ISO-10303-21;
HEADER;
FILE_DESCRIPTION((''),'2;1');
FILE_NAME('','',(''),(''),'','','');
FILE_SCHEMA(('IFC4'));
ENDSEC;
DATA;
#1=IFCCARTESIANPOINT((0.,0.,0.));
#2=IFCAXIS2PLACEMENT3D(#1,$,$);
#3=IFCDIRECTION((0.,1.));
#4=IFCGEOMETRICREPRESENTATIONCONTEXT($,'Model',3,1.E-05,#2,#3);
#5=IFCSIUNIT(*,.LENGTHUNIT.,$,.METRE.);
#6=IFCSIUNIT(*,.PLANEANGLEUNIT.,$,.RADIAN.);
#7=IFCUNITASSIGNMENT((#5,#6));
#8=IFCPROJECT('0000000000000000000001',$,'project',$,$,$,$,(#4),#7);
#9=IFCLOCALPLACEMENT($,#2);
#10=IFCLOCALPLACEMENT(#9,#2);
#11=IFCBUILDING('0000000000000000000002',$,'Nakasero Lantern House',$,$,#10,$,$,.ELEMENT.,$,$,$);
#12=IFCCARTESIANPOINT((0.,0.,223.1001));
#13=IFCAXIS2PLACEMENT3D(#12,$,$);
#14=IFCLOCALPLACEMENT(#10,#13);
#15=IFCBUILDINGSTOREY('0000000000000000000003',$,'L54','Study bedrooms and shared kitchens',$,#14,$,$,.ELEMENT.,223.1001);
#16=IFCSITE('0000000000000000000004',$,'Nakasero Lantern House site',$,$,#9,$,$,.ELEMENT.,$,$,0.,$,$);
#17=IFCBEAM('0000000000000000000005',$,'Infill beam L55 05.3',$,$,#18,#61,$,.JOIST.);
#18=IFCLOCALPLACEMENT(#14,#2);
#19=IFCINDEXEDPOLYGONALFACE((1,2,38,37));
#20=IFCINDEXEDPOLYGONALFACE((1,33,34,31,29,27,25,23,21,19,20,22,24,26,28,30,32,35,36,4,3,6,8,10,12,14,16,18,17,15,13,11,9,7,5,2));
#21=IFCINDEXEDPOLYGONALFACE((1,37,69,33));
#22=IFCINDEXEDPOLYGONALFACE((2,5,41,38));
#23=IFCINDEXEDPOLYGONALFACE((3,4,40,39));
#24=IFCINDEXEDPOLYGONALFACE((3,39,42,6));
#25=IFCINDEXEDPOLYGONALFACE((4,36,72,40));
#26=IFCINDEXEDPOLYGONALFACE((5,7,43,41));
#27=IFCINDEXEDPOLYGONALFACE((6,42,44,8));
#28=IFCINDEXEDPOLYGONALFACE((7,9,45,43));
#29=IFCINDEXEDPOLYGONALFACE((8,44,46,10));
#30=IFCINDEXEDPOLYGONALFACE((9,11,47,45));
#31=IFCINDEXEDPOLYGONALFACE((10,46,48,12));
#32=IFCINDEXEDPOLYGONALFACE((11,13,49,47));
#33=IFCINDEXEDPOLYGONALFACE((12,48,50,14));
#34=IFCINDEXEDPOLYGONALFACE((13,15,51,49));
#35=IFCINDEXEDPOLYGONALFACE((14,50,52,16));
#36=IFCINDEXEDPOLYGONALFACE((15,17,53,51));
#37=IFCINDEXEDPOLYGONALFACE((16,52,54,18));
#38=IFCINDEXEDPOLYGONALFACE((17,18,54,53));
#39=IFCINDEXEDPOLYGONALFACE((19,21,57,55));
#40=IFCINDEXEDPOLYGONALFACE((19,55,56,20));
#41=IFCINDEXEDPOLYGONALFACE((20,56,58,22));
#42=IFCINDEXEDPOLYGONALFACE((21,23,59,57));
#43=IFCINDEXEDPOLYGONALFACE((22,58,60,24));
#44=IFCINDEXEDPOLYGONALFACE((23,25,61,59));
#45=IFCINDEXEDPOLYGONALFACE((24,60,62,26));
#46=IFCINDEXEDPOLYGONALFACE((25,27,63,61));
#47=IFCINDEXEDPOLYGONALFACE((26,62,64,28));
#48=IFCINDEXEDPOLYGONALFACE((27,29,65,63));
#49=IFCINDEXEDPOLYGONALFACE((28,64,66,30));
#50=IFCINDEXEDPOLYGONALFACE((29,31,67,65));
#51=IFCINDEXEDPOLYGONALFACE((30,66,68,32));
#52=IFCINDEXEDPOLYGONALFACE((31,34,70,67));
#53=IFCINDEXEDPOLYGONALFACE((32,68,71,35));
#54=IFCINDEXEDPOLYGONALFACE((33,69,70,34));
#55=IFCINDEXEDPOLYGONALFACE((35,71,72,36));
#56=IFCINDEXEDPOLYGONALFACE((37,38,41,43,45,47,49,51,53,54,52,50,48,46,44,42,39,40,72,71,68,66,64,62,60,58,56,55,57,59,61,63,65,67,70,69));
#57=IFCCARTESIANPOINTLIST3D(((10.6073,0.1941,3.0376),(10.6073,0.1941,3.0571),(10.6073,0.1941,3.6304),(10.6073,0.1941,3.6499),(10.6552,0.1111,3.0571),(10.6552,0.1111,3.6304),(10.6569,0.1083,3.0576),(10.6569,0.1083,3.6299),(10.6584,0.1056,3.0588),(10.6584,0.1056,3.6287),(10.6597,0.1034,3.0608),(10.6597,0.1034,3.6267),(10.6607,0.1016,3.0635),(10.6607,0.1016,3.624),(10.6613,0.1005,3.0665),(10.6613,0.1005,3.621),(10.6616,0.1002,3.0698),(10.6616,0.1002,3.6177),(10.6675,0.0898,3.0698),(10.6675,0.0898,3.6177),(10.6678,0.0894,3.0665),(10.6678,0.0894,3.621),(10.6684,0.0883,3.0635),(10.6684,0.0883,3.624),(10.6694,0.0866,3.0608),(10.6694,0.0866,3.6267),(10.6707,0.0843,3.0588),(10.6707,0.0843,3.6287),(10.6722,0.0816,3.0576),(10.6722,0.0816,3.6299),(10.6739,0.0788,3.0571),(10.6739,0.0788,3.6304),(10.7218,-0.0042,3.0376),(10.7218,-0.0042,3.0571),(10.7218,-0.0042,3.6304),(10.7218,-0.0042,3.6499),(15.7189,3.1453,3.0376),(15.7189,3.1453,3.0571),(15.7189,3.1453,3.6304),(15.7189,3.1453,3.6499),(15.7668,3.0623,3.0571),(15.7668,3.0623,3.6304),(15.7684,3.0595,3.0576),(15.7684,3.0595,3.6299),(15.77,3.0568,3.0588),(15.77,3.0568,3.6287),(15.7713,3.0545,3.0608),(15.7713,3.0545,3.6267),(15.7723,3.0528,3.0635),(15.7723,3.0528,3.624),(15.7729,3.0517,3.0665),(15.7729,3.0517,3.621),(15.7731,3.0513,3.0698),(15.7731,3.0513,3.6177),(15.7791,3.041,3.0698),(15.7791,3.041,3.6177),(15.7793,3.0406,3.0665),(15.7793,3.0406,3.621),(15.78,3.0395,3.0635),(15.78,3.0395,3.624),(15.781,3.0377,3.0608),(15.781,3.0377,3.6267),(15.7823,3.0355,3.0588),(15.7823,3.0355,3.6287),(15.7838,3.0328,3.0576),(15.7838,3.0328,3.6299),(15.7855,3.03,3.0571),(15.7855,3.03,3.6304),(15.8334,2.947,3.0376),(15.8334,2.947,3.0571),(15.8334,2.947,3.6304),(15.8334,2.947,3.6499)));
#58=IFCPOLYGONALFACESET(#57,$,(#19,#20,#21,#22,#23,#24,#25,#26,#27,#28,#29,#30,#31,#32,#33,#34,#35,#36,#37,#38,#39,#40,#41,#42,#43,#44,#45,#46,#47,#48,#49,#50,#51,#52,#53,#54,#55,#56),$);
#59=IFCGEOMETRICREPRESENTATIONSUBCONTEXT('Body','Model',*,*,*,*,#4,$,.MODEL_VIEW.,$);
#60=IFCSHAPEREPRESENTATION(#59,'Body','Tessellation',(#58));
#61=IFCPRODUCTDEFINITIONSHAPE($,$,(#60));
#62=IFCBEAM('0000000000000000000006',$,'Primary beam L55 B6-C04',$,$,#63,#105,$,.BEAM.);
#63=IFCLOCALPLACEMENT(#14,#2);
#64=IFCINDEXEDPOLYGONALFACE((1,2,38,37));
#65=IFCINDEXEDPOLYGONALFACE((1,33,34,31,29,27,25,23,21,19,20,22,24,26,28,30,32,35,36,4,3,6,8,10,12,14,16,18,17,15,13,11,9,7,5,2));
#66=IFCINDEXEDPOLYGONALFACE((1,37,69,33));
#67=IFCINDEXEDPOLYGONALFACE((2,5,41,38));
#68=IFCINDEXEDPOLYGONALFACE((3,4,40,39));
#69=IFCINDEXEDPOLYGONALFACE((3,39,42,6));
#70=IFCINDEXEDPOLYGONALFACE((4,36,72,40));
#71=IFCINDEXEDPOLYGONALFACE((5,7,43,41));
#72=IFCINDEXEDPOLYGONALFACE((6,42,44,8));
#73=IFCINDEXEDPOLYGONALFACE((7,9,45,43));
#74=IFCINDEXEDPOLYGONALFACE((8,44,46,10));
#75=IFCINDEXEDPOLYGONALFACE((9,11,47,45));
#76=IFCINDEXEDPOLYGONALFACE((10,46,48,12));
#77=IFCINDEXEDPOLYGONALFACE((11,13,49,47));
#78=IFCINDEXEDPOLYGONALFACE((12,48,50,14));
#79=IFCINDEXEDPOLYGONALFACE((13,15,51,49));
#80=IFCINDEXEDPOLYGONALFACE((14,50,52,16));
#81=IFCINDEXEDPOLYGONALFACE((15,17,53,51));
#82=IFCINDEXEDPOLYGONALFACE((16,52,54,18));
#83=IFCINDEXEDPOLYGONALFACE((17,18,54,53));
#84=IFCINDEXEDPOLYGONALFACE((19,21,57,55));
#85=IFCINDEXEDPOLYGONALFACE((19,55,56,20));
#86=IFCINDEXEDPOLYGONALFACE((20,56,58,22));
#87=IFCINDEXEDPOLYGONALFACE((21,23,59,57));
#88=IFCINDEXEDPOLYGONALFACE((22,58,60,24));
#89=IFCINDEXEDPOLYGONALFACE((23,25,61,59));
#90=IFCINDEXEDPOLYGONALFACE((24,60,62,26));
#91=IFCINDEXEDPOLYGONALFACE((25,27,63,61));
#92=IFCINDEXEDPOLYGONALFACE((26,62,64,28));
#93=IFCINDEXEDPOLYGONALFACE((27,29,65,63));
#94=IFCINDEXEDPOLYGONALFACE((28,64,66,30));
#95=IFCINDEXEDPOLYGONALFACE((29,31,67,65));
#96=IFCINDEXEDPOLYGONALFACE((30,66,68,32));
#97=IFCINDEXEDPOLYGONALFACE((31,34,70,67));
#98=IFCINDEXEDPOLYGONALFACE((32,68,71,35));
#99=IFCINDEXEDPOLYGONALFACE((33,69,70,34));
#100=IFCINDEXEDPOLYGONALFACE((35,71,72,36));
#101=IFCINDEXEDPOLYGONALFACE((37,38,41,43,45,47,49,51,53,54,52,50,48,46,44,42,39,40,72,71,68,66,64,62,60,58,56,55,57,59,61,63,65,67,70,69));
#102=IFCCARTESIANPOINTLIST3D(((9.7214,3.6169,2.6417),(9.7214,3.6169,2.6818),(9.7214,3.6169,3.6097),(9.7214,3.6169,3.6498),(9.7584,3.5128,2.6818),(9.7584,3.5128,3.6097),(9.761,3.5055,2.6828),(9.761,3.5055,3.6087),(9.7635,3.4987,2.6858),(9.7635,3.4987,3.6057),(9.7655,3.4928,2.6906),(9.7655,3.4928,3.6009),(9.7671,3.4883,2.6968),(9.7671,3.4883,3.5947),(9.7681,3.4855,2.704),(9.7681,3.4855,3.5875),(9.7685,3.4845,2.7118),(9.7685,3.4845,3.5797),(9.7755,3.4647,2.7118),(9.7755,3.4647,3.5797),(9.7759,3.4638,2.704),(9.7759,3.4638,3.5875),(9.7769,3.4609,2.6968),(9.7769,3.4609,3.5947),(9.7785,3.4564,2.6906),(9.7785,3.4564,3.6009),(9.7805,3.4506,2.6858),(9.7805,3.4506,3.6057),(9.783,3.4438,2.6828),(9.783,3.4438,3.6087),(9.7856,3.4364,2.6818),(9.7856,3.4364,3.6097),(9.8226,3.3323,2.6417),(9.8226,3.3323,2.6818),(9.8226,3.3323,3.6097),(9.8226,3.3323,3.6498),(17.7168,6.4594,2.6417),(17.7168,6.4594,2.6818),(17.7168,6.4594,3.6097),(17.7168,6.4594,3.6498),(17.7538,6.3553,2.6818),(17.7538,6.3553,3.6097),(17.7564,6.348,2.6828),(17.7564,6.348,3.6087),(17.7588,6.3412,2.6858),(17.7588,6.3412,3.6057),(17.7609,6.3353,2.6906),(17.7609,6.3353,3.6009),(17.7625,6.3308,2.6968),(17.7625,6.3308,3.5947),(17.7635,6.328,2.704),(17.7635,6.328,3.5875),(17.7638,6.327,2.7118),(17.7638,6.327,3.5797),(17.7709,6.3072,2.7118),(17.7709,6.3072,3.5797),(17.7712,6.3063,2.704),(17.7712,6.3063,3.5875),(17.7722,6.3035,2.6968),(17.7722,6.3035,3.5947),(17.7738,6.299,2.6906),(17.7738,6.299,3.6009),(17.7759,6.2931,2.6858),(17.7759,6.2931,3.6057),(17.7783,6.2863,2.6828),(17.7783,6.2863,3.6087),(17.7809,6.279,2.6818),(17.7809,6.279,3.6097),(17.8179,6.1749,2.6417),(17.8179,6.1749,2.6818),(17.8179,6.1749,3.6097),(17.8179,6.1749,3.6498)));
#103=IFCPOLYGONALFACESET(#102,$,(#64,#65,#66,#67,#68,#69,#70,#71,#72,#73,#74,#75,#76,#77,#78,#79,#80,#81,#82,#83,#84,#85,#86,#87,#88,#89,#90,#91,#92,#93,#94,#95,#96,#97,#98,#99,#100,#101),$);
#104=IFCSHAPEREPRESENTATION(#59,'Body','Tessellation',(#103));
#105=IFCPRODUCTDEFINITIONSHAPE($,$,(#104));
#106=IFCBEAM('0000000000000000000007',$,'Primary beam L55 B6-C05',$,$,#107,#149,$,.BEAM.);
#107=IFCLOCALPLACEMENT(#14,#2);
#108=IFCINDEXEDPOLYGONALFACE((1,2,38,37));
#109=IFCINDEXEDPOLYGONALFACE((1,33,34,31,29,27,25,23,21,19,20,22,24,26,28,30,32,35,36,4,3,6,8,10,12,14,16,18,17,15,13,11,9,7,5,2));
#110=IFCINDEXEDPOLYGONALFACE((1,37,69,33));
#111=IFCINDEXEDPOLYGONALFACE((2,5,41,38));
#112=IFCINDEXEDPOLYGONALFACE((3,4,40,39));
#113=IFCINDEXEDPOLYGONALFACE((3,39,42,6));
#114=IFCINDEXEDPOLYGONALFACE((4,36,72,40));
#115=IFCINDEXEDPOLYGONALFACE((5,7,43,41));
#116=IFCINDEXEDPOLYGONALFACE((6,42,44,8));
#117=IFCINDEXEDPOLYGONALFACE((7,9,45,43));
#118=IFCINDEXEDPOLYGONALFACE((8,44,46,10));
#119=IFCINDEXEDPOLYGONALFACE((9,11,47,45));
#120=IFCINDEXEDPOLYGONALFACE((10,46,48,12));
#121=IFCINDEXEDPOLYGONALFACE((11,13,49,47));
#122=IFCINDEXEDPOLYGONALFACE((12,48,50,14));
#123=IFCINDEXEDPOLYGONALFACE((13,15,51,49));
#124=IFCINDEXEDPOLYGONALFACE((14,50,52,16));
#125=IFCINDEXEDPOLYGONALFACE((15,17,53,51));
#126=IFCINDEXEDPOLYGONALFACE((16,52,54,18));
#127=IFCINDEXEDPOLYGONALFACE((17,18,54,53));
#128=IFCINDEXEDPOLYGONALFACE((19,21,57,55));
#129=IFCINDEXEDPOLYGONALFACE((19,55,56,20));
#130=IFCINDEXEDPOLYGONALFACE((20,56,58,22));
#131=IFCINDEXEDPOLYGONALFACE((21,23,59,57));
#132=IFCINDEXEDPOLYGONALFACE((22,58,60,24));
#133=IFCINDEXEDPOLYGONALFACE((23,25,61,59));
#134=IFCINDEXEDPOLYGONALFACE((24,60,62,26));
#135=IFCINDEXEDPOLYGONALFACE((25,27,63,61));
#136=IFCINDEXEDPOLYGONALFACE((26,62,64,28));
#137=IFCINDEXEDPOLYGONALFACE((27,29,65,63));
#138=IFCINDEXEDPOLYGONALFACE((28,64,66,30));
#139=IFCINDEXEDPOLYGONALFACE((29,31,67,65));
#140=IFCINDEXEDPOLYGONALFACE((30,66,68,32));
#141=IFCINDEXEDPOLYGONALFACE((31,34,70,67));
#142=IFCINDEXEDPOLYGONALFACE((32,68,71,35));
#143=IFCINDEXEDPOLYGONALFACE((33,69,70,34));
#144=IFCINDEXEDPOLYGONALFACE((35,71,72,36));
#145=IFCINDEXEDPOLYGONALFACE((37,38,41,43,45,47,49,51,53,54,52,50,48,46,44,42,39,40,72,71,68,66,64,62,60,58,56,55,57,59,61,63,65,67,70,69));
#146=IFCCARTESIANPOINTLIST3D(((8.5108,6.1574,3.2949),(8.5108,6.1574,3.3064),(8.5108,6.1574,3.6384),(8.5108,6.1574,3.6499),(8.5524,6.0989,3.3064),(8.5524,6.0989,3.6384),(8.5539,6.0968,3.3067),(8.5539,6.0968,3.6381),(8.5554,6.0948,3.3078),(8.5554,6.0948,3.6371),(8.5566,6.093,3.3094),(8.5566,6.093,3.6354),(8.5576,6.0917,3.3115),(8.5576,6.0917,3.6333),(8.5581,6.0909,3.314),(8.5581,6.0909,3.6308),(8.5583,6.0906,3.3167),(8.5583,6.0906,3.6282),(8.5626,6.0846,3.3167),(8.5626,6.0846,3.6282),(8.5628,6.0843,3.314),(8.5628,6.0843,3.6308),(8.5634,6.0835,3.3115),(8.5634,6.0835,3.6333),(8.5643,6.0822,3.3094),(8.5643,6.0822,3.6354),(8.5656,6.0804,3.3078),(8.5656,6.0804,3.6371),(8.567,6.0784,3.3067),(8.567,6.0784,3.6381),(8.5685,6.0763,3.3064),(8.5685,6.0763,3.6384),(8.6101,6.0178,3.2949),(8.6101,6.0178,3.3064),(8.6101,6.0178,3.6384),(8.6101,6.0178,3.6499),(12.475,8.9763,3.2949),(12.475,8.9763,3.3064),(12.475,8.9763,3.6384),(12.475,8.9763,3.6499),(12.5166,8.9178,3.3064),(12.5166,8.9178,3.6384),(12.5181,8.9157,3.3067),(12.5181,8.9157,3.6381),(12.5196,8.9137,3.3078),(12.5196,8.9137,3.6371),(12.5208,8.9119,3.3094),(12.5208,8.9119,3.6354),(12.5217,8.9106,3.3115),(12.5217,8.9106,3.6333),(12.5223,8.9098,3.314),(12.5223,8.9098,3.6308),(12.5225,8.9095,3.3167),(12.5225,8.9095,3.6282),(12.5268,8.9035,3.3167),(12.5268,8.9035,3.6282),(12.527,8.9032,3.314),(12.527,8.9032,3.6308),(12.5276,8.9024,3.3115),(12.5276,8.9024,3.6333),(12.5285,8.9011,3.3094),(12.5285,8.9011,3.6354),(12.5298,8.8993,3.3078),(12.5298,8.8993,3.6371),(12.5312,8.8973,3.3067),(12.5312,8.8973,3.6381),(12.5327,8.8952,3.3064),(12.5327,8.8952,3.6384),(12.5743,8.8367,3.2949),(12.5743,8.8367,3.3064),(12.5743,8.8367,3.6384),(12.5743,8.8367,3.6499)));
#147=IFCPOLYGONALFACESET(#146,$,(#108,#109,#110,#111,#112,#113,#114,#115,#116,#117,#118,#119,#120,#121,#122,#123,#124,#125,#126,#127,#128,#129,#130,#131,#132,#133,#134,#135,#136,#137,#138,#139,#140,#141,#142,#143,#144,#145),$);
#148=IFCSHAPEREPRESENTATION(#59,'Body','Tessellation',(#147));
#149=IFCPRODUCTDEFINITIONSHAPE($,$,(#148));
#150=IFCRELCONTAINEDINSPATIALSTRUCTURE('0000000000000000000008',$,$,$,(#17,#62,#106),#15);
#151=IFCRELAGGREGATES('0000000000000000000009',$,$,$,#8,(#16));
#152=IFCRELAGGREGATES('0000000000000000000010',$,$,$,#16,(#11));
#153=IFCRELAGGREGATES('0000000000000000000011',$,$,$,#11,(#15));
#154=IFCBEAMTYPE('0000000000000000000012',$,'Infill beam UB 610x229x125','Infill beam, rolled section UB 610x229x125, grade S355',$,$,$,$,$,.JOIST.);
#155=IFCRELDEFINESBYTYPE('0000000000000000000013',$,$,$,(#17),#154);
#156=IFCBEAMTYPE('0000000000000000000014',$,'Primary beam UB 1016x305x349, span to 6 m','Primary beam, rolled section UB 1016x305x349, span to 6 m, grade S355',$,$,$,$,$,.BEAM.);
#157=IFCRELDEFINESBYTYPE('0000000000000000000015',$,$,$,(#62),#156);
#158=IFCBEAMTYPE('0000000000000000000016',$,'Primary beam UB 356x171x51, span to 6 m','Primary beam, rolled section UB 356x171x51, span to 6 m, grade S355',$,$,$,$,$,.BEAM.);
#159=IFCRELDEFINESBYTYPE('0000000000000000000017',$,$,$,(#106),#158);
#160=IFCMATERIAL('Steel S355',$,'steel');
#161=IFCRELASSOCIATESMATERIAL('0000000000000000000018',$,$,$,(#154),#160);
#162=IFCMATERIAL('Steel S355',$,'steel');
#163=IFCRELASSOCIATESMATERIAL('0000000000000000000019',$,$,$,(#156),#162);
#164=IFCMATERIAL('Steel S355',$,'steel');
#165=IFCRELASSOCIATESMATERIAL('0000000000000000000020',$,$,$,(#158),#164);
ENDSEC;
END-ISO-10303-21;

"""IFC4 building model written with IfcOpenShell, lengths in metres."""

from ifc_helpers import new_model, si_unit, direction, frame, origin, origin_2d, place, context, subcontext, project, spatial, i_section, extrude, material, material_profile, profile_set, type_object, element, save


model = new_model("IFC4")

# Units and contexts
model_context = context("Model", 3, precision=1e-05, world=origin(), true_north=direction((0.0, 1.0)))
body_context = subcontext(model_context, "Body", "Model", "MODEL_VIEW")
ifc_project = project(units=[si_unit("LENGTHUNIT", "METRE"), si_unit("PLANEANGLEUNIT", "RADIAN")], contexts=[model_context])

# Site, building, storey
site_placement = place(None, origin())
site = spatial("IfcSite", under=ifc_project, at=site_placement, Name="Nakasero Lantern House site", CompositionType="ELEMENT", RefElevation=0.0)
building_placement = place(site_placement, origin())
building = spatial("IfcBuilding", under=site, at=building_placement, Name="Nakasero Lantern House", CompositionType="ELEMENT")
storey_placement = place(building_placement, frame((0.0, 0.0, 223.1001)))
storey = spatial("IfcBuildingStorey", under=building, at=storey_placement, Name="L54", Description="Study bedrooms and shared kitchens", CompositionType="ELEMENT", Elevation=223.1001)

# Beams
ifc_material_1 = material(Name="Steel S355", Category="steel")
ifc_material_profile_1 = material_profile(ifc_material_1, i_section(OverallWidth=0.229, OverallDepth=0.6123, WebThickness=0.012, FlangeThickness=0.0195, FilletRadius=0.0127, at=origin_2d()), Name="UB 610x229x125")
ifc_profile_set_1 = profile_set([ifc_material_profile_1], Name="Steel S355")
beam_type_1 = type_object("IfcBeamType", Name="Infill beam UB 610x229x125", Description="Infill beam, rolled section UB 610x229x125, grade S355", PredefinedType="JOIST", material=ifc_profile_set_1)
beam_1_placement = place(storey_placement, frame((10.6646, 0.095, 3.3438), z_axis=(0.866025, 0.500001, 0.0), x_axis=(-0.500001, 0.866025, 0.0)))
element("IfcBeam", 1, at=beam_1_placement, inside=storey, type_object=beam_type_1, Name="Infill beam L55 05.3", PredefinedType="JOIST", context=body_context, shape_type="SweptSolid", body=[
    extrude(i_section(OverallWidth=0.229, OverallDepth=0.6123, WebThickness=0.012, FlangeThickness=0.0195, FilletRadius=0.0127, at=origin_2d()), origin(), (0.0, 0.0, 1.0), 5.9023),
])
ifc_material_2 = material(Name="Steel S355", Category="steel")
ifc_material_profile_2 = material_profile(ifc_material_2, i_section(OverallWidth=0.302, OverallDepth=1.0081, WebThickness=0.021, FlangeThickness=0.04, FilletRadius=0.03, at=origin_2d()), Name="UB 1016x305x349")
ifc_profile_set_2 = profile_set([ifc_material_profile_2], Name="Steel S355")
beam_type_2 = type_object("IfcBeamType", Name="Primary beam UB 1016x305x349, span to 6 m", Description="Primary beam, rolled section UB 1016x305x349, span to 6 m, grade S355", PredefinedType="BEAM", material=ifc_profile_set_2)
beam_2_placement = place(storey_placement, frame((17.7673, 6.3171, 3.1458), z_axis=(-0.942225, -0.334982, 0.0), x_axis=(0.334982, -0.942225, 0.0)))
element("IfcBeam", 2, at=beam_2_placement, inside=storey, type_object=beam_type_2, Name="Primary beam L55 B6-C04", PredefinedType="BEAM", context=body_context, shape_type="SweptSolid", body=[
    extrude(i_section(OverallWidth=0.302, OverallDepth=1.0081, WebThickness=0.021, FlangeThickness=0.04, FilletRadius=0.03, at=origin_2d()), origin(), (0.0, 0.0, 1.0), 8.4856),
])
ifc_material_3 = material(Name="Steel S355", Category="steel")
ifc_material_profile_3 = material_profile(ifc_material_3, i_section(OverallWidth=0.1714, OverallDepth=0.355, WebThickness=0.0073, FlangeThickness=0.0115, FilletRadius=0.0103, at=origin_2d()), Name="UB 356x171x51")
ifc_profile_set_3 = profile_set([ifc_material_profile_3], Name="Steel S355")
beam_type_3 = type_object("IfcBeamType", Name="Primary beam UB 356x171x51, span to 6 m", Description="Primary beam, rolled section UB 356x171x51, span to 6 m, grade S355", PredefinedType="BEAM", material=ifc_profile_set_3)
beam_3_placement = place(storey_placement, frame((12.5247, 8.9065, 3.4724), z_axis=(-0.814963, -0.579513, 0.0), x_axis=(0.579513, -0.814963, 0.0)))
element("IfcBeam", 3, at=beam_3_placement, inside=storey, type_object=beam_type_3, Name="Primary beam L55 B6-C05", PredefinedType="BEAM", context=body_context, shape_type="SweptSolid", body=[
    extrude(i_section(OverallWidth=0.1714, OverallDepth=0.355, WebThickness=0.0073, FlangeThickness=0.0115, FilletRadius=0.0103, at=origin_2d()), origin(), (0.0, 0.0, 1.0), 4.8643),
])

save(model, "model.ifc")
